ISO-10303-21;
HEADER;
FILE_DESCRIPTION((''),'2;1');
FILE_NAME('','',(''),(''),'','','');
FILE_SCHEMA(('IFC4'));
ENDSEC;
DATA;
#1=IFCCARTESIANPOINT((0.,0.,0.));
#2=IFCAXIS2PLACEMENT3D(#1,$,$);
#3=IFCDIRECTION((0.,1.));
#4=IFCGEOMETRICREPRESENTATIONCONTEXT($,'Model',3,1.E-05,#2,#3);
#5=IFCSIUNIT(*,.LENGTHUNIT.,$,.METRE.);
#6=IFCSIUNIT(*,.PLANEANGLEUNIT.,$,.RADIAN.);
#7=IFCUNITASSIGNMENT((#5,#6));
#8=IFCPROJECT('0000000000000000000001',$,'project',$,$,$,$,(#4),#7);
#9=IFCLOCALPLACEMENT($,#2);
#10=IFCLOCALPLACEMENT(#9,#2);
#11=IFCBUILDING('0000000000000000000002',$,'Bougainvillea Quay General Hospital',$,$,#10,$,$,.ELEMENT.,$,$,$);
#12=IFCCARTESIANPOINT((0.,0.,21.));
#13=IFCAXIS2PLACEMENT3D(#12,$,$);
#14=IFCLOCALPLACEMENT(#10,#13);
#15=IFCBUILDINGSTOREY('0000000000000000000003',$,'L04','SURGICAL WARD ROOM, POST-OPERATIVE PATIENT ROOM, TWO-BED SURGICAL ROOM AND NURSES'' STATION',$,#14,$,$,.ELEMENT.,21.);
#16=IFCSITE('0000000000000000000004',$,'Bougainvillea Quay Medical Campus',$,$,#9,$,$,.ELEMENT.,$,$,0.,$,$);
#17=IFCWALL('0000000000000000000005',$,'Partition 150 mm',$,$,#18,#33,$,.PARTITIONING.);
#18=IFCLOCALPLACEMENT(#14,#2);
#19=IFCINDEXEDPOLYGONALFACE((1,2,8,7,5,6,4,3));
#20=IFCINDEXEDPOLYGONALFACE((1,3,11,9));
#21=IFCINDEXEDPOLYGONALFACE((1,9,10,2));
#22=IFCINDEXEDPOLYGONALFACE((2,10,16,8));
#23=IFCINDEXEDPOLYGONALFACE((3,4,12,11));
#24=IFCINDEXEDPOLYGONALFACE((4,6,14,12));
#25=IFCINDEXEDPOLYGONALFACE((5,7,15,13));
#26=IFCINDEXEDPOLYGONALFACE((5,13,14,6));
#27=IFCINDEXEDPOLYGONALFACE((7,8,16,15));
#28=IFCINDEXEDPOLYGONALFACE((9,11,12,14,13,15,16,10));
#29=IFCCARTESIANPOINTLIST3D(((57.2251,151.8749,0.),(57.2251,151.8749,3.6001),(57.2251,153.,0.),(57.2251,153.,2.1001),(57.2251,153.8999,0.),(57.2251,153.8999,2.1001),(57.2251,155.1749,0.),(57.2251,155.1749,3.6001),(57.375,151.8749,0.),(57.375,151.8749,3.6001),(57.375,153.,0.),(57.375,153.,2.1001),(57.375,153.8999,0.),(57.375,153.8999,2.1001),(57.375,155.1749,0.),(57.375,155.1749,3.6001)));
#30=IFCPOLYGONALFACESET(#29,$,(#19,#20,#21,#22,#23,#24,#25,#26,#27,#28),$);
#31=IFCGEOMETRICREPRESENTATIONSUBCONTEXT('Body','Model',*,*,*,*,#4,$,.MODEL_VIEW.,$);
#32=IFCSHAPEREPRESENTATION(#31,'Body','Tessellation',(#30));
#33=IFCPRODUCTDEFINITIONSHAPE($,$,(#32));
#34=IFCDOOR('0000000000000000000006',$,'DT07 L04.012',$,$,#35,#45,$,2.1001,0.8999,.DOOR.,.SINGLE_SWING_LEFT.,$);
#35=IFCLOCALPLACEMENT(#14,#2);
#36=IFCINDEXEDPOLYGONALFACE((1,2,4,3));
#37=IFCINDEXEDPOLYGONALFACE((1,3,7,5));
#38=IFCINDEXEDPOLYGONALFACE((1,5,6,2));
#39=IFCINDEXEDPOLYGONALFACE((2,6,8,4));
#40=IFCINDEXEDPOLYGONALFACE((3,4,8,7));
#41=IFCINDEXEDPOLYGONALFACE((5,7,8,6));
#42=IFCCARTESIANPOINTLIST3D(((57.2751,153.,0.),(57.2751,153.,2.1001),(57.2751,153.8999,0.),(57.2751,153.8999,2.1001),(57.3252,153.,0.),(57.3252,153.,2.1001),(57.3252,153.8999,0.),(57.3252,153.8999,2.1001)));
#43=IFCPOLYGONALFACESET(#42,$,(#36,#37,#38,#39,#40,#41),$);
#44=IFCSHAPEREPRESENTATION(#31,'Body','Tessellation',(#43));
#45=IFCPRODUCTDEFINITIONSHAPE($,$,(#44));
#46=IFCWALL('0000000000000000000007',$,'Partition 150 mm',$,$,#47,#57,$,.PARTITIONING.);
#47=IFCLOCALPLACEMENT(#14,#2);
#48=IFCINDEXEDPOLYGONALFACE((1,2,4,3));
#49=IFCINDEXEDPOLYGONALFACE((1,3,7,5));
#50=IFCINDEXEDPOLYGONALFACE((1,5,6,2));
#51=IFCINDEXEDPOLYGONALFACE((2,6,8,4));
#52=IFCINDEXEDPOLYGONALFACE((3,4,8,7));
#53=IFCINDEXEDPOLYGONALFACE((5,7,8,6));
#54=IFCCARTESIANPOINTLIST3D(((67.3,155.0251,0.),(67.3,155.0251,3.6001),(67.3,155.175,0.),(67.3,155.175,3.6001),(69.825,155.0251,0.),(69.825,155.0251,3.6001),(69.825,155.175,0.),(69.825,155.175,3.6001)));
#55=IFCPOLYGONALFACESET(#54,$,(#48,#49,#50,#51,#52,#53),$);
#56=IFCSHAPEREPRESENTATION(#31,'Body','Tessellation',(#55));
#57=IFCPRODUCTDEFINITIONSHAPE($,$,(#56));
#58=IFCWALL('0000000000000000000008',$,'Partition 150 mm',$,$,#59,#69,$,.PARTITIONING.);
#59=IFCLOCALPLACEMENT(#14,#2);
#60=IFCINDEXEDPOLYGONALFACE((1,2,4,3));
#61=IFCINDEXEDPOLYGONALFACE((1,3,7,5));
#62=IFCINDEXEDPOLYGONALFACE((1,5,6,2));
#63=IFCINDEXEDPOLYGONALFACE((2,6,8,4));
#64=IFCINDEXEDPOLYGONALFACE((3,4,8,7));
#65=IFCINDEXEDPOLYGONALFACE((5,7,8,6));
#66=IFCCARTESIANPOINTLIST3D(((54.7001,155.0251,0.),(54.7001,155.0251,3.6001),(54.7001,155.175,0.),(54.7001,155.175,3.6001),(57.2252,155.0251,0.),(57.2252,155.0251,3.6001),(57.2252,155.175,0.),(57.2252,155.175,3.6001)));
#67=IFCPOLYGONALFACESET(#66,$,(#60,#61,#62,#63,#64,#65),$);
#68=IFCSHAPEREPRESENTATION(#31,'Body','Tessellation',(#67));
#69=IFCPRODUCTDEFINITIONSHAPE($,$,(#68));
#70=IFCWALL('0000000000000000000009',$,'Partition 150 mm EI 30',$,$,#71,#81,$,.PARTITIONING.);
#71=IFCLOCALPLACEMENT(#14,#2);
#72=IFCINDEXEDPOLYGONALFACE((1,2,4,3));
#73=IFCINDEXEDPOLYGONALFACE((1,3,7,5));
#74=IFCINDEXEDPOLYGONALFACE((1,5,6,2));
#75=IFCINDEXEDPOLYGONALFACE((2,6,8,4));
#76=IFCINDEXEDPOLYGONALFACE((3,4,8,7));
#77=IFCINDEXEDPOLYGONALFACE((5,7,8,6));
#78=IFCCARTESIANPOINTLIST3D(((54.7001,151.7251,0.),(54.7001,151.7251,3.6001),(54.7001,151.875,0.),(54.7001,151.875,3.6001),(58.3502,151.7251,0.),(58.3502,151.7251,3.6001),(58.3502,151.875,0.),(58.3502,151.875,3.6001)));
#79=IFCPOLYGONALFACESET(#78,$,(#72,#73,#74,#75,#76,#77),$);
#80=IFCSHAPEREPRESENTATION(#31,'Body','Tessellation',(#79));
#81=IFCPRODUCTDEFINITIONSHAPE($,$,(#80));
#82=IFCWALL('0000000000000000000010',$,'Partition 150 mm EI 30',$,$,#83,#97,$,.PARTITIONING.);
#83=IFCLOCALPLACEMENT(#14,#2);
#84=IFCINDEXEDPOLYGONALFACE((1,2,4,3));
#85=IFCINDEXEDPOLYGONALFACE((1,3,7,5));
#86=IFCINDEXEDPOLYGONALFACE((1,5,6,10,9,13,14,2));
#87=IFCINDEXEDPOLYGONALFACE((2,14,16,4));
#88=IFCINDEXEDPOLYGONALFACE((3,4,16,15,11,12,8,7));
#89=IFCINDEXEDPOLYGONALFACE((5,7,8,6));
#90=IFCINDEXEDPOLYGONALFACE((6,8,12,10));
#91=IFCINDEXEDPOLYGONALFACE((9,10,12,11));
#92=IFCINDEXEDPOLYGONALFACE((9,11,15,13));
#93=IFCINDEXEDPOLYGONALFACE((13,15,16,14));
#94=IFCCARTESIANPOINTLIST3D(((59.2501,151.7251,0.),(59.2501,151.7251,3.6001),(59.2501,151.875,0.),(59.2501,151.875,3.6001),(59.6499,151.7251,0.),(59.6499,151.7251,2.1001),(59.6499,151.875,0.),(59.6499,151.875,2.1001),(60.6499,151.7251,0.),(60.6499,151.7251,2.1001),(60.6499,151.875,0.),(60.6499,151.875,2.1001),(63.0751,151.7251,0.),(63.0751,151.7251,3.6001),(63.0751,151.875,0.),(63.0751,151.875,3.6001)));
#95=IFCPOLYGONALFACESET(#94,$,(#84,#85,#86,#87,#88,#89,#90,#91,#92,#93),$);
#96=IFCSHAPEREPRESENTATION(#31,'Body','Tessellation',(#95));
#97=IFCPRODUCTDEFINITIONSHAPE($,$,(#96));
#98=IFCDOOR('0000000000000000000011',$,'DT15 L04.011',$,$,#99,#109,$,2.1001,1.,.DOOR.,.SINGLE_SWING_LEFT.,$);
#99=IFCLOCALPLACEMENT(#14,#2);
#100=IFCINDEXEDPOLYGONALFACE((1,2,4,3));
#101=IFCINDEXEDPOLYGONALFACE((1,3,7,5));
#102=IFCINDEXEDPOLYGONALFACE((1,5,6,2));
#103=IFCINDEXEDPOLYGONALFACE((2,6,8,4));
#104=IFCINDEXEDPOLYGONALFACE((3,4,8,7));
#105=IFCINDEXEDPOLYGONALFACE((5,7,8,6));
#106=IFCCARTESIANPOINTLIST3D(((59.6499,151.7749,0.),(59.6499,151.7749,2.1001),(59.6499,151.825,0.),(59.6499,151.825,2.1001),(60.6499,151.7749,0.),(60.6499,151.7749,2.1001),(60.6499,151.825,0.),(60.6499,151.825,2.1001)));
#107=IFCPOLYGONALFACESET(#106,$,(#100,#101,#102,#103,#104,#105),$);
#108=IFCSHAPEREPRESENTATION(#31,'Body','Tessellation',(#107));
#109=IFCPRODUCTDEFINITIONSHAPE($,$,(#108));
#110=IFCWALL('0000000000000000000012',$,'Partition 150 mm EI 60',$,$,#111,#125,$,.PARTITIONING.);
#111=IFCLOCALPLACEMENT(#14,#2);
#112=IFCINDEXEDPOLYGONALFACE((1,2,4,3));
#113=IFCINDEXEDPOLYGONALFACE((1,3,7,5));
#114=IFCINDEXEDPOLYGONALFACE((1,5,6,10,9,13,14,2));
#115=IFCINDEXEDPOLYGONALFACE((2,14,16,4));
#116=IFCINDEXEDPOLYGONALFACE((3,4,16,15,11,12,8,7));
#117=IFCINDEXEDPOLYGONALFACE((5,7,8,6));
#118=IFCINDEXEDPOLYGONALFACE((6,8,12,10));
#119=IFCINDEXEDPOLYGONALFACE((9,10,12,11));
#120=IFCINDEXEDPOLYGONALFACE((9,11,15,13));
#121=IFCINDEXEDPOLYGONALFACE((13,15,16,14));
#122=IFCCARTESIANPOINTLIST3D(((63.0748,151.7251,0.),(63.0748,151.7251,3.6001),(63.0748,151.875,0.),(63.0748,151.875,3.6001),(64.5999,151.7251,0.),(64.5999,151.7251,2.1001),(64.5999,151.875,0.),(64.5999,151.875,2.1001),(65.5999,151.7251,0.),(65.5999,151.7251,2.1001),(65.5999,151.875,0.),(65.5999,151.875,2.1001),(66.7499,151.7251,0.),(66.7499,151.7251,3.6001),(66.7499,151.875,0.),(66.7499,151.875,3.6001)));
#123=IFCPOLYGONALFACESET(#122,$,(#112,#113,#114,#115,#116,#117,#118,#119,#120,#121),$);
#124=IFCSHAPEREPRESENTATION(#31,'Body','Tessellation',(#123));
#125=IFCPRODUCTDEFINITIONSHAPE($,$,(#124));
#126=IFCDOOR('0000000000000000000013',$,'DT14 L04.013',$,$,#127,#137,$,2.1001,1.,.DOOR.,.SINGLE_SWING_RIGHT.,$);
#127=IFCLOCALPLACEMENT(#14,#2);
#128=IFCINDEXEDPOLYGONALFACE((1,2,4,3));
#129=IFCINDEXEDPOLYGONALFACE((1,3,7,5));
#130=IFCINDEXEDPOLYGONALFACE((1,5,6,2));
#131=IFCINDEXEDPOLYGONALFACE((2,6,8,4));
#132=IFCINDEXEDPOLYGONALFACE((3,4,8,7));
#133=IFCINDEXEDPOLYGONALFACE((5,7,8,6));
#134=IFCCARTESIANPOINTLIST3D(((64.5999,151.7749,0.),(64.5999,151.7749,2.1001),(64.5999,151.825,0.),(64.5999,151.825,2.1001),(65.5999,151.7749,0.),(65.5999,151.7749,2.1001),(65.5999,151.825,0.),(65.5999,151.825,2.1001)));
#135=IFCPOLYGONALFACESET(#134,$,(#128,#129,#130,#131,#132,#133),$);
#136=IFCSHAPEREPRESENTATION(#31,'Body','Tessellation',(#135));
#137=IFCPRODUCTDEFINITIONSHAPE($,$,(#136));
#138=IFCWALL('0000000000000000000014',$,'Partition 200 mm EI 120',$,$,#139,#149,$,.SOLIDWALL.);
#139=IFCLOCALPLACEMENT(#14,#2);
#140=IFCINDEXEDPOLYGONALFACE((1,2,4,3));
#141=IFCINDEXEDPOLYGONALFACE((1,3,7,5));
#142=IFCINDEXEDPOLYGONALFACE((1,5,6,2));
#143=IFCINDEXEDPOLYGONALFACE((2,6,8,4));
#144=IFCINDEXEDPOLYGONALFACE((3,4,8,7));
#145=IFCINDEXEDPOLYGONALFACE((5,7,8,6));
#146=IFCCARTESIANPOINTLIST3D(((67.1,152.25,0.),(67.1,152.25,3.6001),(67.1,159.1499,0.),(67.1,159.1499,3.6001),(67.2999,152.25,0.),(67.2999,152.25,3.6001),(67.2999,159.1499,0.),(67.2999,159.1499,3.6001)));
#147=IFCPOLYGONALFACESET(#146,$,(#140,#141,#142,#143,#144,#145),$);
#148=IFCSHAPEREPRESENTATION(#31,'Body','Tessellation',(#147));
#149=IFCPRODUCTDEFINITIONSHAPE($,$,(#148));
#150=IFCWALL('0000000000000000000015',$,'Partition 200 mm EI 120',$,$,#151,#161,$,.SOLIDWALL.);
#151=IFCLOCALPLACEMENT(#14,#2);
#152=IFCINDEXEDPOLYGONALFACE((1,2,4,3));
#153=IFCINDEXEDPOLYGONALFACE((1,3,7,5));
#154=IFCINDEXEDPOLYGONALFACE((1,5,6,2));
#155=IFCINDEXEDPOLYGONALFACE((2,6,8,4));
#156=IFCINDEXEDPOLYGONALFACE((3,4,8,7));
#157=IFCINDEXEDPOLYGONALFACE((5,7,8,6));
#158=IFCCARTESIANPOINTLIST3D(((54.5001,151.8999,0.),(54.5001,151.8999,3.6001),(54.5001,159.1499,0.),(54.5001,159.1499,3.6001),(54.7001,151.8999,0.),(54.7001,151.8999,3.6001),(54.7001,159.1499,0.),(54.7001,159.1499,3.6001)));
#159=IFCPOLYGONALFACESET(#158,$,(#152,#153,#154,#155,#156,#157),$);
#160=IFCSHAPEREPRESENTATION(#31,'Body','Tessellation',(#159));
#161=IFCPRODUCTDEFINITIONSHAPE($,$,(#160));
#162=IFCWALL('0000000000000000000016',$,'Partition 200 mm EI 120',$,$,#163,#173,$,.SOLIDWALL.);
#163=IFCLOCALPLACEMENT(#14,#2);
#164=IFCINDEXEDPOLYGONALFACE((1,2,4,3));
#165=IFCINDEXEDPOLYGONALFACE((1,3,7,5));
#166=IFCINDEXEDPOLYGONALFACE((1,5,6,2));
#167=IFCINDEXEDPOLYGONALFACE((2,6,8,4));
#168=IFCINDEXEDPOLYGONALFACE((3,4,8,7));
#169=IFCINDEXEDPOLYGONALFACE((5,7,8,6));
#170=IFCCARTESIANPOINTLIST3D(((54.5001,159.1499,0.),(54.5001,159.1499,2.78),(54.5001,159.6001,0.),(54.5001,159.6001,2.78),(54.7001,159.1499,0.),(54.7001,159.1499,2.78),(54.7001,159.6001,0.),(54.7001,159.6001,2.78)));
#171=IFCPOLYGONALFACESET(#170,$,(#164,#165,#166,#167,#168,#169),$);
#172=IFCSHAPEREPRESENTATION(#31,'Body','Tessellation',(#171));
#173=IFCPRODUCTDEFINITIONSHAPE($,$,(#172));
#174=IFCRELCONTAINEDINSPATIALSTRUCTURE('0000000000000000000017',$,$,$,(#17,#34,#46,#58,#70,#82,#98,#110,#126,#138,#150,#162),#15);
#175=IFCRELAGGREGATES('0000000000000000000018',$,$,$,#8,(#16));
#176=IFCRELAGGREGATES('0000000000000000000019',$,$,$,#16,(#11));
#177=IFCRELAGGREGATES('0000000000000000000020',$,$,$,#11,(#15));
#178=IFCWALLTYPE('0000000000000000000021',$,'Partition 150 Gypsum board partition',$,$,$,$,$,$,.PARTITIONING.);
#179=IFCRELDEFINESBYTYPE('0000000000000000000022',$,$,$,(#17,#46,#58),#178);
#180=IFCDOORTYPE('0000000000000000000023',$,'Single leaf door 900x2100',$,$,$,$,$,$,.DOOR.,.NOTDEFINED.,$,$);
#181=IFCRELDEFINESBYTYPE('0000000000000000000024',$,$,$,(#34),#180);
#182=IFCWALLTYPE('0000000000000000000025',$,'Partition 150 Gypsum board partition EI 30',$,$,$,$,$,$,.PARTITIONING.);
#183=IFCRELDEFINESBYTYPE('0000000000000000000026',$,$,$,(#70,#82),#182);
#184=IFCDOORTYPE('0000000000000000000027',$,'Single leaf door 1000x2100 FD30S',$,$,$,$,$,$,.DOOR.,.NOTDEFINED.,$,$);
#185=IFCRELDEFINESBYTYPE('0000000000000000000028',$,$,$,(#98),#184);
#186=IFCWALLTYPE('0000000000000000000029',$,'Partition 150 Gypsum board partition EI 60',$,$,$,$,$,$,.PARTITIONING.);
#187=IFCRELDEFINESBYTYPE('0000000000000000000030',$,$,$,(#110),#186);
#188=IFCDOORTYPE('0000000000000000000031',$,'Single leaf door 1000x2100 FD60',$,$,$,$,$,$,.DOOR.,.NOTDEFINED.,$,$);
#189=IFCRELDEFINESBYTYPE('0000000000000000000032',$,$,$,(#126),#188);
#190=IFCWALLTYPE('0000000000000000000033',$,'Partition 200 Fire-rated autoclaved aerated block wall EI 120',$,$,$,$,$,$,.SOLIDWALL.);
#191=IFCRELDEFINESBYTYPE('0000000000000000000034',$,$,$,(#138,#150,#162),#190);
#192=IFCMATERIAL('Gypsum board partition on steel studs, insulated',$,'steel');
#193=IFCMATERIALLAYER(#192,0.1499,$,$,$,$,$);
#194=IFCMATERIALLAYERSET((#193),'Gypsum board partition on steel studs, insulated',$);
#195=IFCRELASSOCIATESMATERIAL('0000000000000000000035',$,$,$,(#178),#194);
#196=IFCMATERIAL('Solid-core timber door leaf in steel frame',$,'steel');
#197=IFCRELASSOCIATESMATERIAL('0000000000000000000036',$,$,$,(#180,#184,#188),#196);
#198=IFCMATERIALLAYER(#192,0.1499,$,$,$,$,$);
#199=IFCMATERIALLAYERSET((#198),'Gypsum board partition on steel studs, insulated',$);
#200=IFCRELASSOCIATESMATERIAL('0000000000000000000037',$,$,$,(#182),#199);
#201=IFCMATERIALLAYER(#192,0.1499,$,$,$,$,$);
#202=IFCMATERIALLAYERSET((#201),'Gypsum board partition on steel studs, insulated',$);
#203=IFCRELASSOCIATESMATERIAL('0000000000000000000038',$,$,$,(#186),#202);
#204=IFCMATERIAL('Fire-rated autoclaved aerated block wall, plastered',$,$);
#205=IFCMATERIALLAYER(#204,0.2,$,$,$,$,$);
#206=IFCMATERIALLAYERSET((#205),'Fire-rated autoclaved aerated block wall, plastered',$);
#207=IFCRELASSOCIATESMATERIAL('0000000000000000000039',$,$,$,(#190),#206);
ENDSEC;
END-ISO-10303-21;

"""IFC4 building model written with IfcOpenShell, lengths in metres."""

from ifc_helpers import new_model, si_unit, direction, frame, frame_2d, origin, place, context, subcontext, project, spatial, rectangle, extrude, material, layer, layer_set, type_object, element, fill, save


model = new_model("IFC4")

# Units and contexts
model_context = context("Model", 3, precision=1e-05, world=origin(), true_north=direction((0.0, 1.0)))
body_context = subcontext(model_context, "Body", "Model", "MODEL_VIEW")
ifc_project = project(units=[si_unit("LENGTHUNIT", "METRE"), si_unit("PLANEANGLEUNIT", "RADIAN")], contexts=[model_context])

# Site, building, storey
site_placement = place(None, origin())
site = spatial("IfcSite", under=ifc_project, at=site_placement, Name="Bougainvillea Quay Medical Campus", CompositionType="ELEMENT", RefElevation=0.0)
building_placement = place(site_placement, origin())
building = spatial("IfcBuilding", under=site, at=building_placement, Name="Bougainvillea Quay General Hospital", CompositionType="ELEMENT")
storey_placement = place(building_placement, frame((0.0, 0.0, 21.0)))
storey = spatial("IfcBuildingStorey", under=building, at=storey_placement, Name="L04", Description="SURGICAL WARD ROOM, POST-OPERATIVE PATIENT ROOM, TWO-BED SURGICAL ROOM AND NURSES' STATION", CompositionType="ELEMENT", Elevation=21.0)

# Shared definitions
ifc_material_1 = material(Name="Gypsum board partition on steel studs, insulated", Category="steel")
ifc_layer_1 = layer(ifc_material_1, 0.1499)
ifc_layer_set_1 = layer_set([ifc_layer_1], Name="Gypsum board partition on steel studs, insulated")
wall_type_1 = type_object("IfcWallType", Name="Partition 150 Gypsum board partition", PredefinedType="PARTITIONING", material=ifc_layer_set_1)

# Wall, opening, door
wall_1_placement = place(storey_placement, frame((57.3, 151.875, 0.0), z_axis=(0.0, 0.0, 1.0), x_axis=(0.0, 1.0, 0.0)))
wall_1 = element("IfcWall", 1, at=wall_1_placement, inside=storey, type_object=wall_type_1, Name="Partition 150 mm", PredefinedType="PARTITIONING", context=body_context, shape_type="SweptSolid", body=[
    extrude(rectangle(XDim=3.3, YDim=0.1499, at=frame_2d((1.6499, 0.0))), origin(), (0.0, 0.0, 1.0), 3.6001),
])
opening_1_placement = place(wall_1_placement, frame((1.125, 0.0, 0.0)))
opening_1 = element("IfcOpeningElement", 2, at=opening_1_placement, cuts=wall_1, PredefinedType="OPENING", context=body_context, shape_type="SweptSolid", body=[
    extrude(rectangle(XDim=0.8999, YDim=2.1001, at=frame_2d((0.45, 1.05))), frame((0.0, 0.085, 0.0), z_axis=(0.0, -1.0, 0.0), x_axis=(1.0, 0.0, 0.0)), (0.0, 0.0, 1.0), 0.1699),
])
ifc_material_2 = material(Name="Solid-core timber door leaf in steel frame", Category="steel")
door_type_1 = type_object("IfcDoorType", Name="Single leaf door 900x2100", OperationType="NOTDEFINED", PredefinedType="DOOR", material=ifc_material_2)
door_1_placement = place(opening_1_placement, origin())
door_1 = element("IfcDoor", 3, at=door_1_placement, inside=storey, type_object=door_type_1, Name="DT07 L04.012", OperationType="SINGLE_SWING_LEFT", OverallHeight=2.1001, OverallWidth=0.8999, PredefinedType="DOOR", context=body_context, shape_type="SweptSolid", body=[
    extrude(rectangle(XDim=0.8999, YDim=2.1001, at=frame_2d((0.45, 1.05))), frame((0.0, 0.0249, 0.0), z_axis=(0.0, -1.0, 0.0), x_axis=(1.0, 0.0, 0.0)), (0.0, 0.0, 1.0), 0.05),
])
fill(opening_1, door_1)

# Walls
wall_2_placement = place(storey_placement, frame((67.3, 155.1001, 0.0), z_axis=(0.0, 0.0, 1.0), x_axis=(1.0, 0.0, 0.0)))
element("IfcWall", 4, at=wall_2_placement, inside=storey, type_object=wall_type_1, Name="Partition 150 mm", PredefinedType="PARTITIONING", context=body_context, shape_type="SweptSolid", body=[
    extrude(rectangle(XDim=2.5249, YDim=0.1499, at=frame_2d((1.2625, 0.0))), origin(), (0.0, 0.0, 1.0), 3.6001),
])
wall_3_placement = place(storey_placement, frame((54.7, 155.1001, 0.0), z_axis=(0.0, 0.0, 1.0), x_axis=(1.0, 0.0, 0.0)))
element("IfcWall", 5, at=wall_3_placement, inside=storey, type_object=wall_type_1, Name="Partition 150 mm", PredefinedType="PARTITIONING", context=body_context, shape_type="SweptSolid", body=[
    extrude(rectangle(XDim=2.5251, YDim=0.1499, at=frame_2d((1.2627, 0.0))), origin(), (0.0, 0.0, 1.0), 3.6001),
])
ifc_layer_2 = layer(ifc_material_1, 0.1499)
ifc_layer_set_2 = layer_set([ifc_layer_2], Name="Gypsum board partition on steel studs, insulated")
wall_type_2 = type_object("IfcWallType", Name="Partition 150 Gypsum board partition EI 30", PredefinedType="PARTITIONING", material=ifc_layer_set_2)
wall_4_placement = place(storey_placement, frame((54.7, 151.8, 0.0), z_axis=(0.0, 0.0, 1.0), x_axis=(1.0, 0.0, 0.0)))
element("IfcWall", 6, at=wall_4_placement, inside=storey, type_object=wall_type_2, Name="Partition 150 mm EI 30", PredefinedType="PARTITIONING", context=body_context, shape_type="SweptSolid", body=[
    extrude(rectangle(XDim=3.6501, YDim=0.1499, at=frame_2d((1.8252, 0.0))), origin(), (0.0, 0.0, 1.0), 3.6001),
])

# Walls, openings, doors
wall_5_placement = place(storey_placement, frame((59.25, 151.8, 0.0), z_axis=(0.0, 0.0, 1.0), x_axis=(1.0, 0.0, 0.0)))
wall_5 = element("IfcWall", 7, at=wall_5_placement, inside=storey, type_object=wall_type_2, Name="Partition 150 mm EI 30", PredefinedType="PARTITIONING", context=body_context, shape_type="SweptSolid", body=[
    extrude(rectangle(XDim=3.825, YDim=0.1499, at=frame_2d((1.9126, 0.0))), origin(), (0.0, 0.0, 1.0), 3.6001),
])
opening_2_placement = place(wall_5_placement, frame((0.3999, 0.0, 0.0)))
opening_2 = element("IfcOpeningElement", 8, at=opening_2_placement, cuts=wall_5, PredefinedType="OPENING", context=body_context, shape_type="SweptSolid", body=[
    extrude(rectangle(XDim=1.0, YDim=2.1001, at=frame_2d((0.5, 1.05))), frame((0.0, 0.085, 0.0), z_axis=(0.0, -1.0, 0.0), x_axis=(1.0, 0.0, 0.0)), (0.0, 0.0, 1.0), 0.1699),
])
door_type_2 = type_object("IfcDoorType", Name="Single leaf door 1000x2100 FD30S", OperationType="NOTDEFINED", PredefinedType="DOOR", material=ifc_material_2)
door_2_placement = place(opening_2_placement, origin())
door_2 = element("IfcDoor", 9, at=door_2_placement, inside=storey, type_object=door_type_2, Name="DT15 L04.011", OperationType="SINGLE_SWING_LEFT", OverallHeight=2.1001, OverallWidth=1.0, PredefinedType="DOOR", context=body_context, shape_type="SweptSolid", body=[
    extrude(rectangle(XDim=1.0, YDim=2.1001, at=frame_2d((0.5, 1.05))), frame((0.0, 0.0249, 0.0), z_axis=(0.0, -1.0, 0.0), x_axis=(1.0, 0.0, 0.0)), (0.0, 0.0, 1.0), 0.05),
])
fill(opening_2, door_2)
ifc_layer_3 = layer(ifc_material_1, 0.1499)
ifc_layer_set_3 = layer_set([ifc_layer_3], Name="Gypsum board partition on steel studs, insulated")
wall_type_3 = type_object("IfcWallType", Name="Partition 150 Gypsum board partition EI 60", PredefinedType="PARTITIONING", material=ifc_layer_set_3)
wall_6_placement = place(storey_placement, frame((63.075, 151.8, 0.0), z_axis=(0.0, 0.0, 1.0), x_axis=(1.0, 0.0, 0.0)))
wall_6 = element("IfcWall", 10, at=wall_6_placement, inside=storey, type_object=wall_type_3, Name="Partition 150 mm EI 60", PredefinedType="PARTITIONING", context=body_context, shape_type="SweptSolid", body=[
    extrude(rectangle(XDim=3.675, YDim=0.1499, at=frame_2d((1.8374, 0.0))), origin(), (0.0, 0.0, 1.0), 3.6001),
])
opening_3_placement = place(wall_6_placement, frame((1.5249, 0.0, 0.0)))
opening_3 = element("IfcOpeningElement", 11, at=opening_3_placement, cuts=wall_6, PredefinedType="OPENING", context=body_context, shape_type="SweptSolid", body=[
    extrude(rectangle(XDim=1.0, YDim=2.1001, at=frame_2d((0.5, 1.05))), frame((0.0, 0.085, 0.0), z_axis=(0.0, -1.0, 0.0), x_axis=(1.0, 0.0, 0.0)), (0.0, 0.0, 1.0), 0.1699),
])
door_type_3 = type_object("IfcDoorType", Name="Single leaf door 1000x2100 FD60", OperationType="NOTDEFINED", PredefinedType="DOOR", material=ifc_material_2)
door_3_placement = place(opening_3_placement, origin())
door_3 = element("IfcDoor", 12, at=door_3_placement, inside=storey, type_object=door_type_3, Name="DT14 L04.013", OperationType="SINGLE_SWING_RIGHT", OverallHeight=2.1001, OverallWidth=1.0, PredefinedType="DOOR", context=body_context, shape_type="SweptSolid", body=[
    extrude(rectangle(XDim=1.0, YDim=2.1001, at=frame_2d((0.5, 1.05))), frame((0.0, 0.0249, 0.0), z_axis=(0.0, -1.0, 0.0), x_axis=(1.0, 0.0, 0.0)), (0.0, 0.0, 1.0), 0.05),
])
fill(opening_3, door_3)

# Walls
ifc_material_3 = material(Name="Fire-rated autoclaved aerated block wall, plastered")
ifc_layer_4 = layer(ifc_material_3, 0.2)
ifc_layer_set_4 = layer_set([ifc_layer_4], Name="Fire-rated autoclaved aerated block wall, plastered")
wall_type_4 = type_object("IfcWallType", Name="Partition 200 Fire-rated autoclaved aerated block wall EI 120", PredefinedType="SOLIDWALL", material=ifc_layer_set_4)
wall_7_placement = place(storey_placement, frame((67.2, 159.1499, 0.0), z_axis=(0.0, 0.0, 1.0), x_axis=(0.0, -1.0, 0.0)))
element("IfcWall", 13, at=wall_7_placement, inside=storey, type_object=wall_type_4, Name="Partition 200 mm EI 120", PredefinedType="SOLIDWALL", context=body_context, shape_type="SweptSolid", body=[
    extrude(rectangle(XDim=6.8999, YDim=0.2, at=frame_2d((3.45, 0.0))), origin(), (0.0, 0.0, 1.0), 3.6001),
])
wall_8_placement = place(storey_placement, frame((54.6001, 151.8999, 0.0), z_axis=(0.0, 0.0, 1.0), x_axis=(0.0, 1.0, 0.0)))
element("IfcWall", 14, at=wall_8_placement, inside=storey, type_object=wall_type_4, Name="Partition 200 mm EI 120", PredefinedType="SOLIDWALL", context=body_context, shape_type="SweptSolid", body=[
    extrude(rectangle(XDim=7.25, YDim=0.2, at=frame_2d((3.625, 0.0))), origin(), (0.0, 0.0, 1.0), 3.6001),
])
wall_9_placement = place(storey_placement, frame((54.6001, 159.1499, 0.0), z_axis=(0.0, 0.0, 1.0), x_axis=(0.0, 1.0, 0.0)))
element("IfcWall", 15, at=wall_9_placement, inside=storey, type_object=wall_type_4, Name="Partition 200 mm EI 120", PredefinedType="SOLIDWALL", context=body_context, shape_type="SweptSolid", body=[
    extrude(rectangle(XDim=0.4502, YDim=0.2, at=frame_2d((0.2251, 0.0))), origin(), (0.0, 0.0, 1.0), 2.78),
])

save(model, "model.ifc")
